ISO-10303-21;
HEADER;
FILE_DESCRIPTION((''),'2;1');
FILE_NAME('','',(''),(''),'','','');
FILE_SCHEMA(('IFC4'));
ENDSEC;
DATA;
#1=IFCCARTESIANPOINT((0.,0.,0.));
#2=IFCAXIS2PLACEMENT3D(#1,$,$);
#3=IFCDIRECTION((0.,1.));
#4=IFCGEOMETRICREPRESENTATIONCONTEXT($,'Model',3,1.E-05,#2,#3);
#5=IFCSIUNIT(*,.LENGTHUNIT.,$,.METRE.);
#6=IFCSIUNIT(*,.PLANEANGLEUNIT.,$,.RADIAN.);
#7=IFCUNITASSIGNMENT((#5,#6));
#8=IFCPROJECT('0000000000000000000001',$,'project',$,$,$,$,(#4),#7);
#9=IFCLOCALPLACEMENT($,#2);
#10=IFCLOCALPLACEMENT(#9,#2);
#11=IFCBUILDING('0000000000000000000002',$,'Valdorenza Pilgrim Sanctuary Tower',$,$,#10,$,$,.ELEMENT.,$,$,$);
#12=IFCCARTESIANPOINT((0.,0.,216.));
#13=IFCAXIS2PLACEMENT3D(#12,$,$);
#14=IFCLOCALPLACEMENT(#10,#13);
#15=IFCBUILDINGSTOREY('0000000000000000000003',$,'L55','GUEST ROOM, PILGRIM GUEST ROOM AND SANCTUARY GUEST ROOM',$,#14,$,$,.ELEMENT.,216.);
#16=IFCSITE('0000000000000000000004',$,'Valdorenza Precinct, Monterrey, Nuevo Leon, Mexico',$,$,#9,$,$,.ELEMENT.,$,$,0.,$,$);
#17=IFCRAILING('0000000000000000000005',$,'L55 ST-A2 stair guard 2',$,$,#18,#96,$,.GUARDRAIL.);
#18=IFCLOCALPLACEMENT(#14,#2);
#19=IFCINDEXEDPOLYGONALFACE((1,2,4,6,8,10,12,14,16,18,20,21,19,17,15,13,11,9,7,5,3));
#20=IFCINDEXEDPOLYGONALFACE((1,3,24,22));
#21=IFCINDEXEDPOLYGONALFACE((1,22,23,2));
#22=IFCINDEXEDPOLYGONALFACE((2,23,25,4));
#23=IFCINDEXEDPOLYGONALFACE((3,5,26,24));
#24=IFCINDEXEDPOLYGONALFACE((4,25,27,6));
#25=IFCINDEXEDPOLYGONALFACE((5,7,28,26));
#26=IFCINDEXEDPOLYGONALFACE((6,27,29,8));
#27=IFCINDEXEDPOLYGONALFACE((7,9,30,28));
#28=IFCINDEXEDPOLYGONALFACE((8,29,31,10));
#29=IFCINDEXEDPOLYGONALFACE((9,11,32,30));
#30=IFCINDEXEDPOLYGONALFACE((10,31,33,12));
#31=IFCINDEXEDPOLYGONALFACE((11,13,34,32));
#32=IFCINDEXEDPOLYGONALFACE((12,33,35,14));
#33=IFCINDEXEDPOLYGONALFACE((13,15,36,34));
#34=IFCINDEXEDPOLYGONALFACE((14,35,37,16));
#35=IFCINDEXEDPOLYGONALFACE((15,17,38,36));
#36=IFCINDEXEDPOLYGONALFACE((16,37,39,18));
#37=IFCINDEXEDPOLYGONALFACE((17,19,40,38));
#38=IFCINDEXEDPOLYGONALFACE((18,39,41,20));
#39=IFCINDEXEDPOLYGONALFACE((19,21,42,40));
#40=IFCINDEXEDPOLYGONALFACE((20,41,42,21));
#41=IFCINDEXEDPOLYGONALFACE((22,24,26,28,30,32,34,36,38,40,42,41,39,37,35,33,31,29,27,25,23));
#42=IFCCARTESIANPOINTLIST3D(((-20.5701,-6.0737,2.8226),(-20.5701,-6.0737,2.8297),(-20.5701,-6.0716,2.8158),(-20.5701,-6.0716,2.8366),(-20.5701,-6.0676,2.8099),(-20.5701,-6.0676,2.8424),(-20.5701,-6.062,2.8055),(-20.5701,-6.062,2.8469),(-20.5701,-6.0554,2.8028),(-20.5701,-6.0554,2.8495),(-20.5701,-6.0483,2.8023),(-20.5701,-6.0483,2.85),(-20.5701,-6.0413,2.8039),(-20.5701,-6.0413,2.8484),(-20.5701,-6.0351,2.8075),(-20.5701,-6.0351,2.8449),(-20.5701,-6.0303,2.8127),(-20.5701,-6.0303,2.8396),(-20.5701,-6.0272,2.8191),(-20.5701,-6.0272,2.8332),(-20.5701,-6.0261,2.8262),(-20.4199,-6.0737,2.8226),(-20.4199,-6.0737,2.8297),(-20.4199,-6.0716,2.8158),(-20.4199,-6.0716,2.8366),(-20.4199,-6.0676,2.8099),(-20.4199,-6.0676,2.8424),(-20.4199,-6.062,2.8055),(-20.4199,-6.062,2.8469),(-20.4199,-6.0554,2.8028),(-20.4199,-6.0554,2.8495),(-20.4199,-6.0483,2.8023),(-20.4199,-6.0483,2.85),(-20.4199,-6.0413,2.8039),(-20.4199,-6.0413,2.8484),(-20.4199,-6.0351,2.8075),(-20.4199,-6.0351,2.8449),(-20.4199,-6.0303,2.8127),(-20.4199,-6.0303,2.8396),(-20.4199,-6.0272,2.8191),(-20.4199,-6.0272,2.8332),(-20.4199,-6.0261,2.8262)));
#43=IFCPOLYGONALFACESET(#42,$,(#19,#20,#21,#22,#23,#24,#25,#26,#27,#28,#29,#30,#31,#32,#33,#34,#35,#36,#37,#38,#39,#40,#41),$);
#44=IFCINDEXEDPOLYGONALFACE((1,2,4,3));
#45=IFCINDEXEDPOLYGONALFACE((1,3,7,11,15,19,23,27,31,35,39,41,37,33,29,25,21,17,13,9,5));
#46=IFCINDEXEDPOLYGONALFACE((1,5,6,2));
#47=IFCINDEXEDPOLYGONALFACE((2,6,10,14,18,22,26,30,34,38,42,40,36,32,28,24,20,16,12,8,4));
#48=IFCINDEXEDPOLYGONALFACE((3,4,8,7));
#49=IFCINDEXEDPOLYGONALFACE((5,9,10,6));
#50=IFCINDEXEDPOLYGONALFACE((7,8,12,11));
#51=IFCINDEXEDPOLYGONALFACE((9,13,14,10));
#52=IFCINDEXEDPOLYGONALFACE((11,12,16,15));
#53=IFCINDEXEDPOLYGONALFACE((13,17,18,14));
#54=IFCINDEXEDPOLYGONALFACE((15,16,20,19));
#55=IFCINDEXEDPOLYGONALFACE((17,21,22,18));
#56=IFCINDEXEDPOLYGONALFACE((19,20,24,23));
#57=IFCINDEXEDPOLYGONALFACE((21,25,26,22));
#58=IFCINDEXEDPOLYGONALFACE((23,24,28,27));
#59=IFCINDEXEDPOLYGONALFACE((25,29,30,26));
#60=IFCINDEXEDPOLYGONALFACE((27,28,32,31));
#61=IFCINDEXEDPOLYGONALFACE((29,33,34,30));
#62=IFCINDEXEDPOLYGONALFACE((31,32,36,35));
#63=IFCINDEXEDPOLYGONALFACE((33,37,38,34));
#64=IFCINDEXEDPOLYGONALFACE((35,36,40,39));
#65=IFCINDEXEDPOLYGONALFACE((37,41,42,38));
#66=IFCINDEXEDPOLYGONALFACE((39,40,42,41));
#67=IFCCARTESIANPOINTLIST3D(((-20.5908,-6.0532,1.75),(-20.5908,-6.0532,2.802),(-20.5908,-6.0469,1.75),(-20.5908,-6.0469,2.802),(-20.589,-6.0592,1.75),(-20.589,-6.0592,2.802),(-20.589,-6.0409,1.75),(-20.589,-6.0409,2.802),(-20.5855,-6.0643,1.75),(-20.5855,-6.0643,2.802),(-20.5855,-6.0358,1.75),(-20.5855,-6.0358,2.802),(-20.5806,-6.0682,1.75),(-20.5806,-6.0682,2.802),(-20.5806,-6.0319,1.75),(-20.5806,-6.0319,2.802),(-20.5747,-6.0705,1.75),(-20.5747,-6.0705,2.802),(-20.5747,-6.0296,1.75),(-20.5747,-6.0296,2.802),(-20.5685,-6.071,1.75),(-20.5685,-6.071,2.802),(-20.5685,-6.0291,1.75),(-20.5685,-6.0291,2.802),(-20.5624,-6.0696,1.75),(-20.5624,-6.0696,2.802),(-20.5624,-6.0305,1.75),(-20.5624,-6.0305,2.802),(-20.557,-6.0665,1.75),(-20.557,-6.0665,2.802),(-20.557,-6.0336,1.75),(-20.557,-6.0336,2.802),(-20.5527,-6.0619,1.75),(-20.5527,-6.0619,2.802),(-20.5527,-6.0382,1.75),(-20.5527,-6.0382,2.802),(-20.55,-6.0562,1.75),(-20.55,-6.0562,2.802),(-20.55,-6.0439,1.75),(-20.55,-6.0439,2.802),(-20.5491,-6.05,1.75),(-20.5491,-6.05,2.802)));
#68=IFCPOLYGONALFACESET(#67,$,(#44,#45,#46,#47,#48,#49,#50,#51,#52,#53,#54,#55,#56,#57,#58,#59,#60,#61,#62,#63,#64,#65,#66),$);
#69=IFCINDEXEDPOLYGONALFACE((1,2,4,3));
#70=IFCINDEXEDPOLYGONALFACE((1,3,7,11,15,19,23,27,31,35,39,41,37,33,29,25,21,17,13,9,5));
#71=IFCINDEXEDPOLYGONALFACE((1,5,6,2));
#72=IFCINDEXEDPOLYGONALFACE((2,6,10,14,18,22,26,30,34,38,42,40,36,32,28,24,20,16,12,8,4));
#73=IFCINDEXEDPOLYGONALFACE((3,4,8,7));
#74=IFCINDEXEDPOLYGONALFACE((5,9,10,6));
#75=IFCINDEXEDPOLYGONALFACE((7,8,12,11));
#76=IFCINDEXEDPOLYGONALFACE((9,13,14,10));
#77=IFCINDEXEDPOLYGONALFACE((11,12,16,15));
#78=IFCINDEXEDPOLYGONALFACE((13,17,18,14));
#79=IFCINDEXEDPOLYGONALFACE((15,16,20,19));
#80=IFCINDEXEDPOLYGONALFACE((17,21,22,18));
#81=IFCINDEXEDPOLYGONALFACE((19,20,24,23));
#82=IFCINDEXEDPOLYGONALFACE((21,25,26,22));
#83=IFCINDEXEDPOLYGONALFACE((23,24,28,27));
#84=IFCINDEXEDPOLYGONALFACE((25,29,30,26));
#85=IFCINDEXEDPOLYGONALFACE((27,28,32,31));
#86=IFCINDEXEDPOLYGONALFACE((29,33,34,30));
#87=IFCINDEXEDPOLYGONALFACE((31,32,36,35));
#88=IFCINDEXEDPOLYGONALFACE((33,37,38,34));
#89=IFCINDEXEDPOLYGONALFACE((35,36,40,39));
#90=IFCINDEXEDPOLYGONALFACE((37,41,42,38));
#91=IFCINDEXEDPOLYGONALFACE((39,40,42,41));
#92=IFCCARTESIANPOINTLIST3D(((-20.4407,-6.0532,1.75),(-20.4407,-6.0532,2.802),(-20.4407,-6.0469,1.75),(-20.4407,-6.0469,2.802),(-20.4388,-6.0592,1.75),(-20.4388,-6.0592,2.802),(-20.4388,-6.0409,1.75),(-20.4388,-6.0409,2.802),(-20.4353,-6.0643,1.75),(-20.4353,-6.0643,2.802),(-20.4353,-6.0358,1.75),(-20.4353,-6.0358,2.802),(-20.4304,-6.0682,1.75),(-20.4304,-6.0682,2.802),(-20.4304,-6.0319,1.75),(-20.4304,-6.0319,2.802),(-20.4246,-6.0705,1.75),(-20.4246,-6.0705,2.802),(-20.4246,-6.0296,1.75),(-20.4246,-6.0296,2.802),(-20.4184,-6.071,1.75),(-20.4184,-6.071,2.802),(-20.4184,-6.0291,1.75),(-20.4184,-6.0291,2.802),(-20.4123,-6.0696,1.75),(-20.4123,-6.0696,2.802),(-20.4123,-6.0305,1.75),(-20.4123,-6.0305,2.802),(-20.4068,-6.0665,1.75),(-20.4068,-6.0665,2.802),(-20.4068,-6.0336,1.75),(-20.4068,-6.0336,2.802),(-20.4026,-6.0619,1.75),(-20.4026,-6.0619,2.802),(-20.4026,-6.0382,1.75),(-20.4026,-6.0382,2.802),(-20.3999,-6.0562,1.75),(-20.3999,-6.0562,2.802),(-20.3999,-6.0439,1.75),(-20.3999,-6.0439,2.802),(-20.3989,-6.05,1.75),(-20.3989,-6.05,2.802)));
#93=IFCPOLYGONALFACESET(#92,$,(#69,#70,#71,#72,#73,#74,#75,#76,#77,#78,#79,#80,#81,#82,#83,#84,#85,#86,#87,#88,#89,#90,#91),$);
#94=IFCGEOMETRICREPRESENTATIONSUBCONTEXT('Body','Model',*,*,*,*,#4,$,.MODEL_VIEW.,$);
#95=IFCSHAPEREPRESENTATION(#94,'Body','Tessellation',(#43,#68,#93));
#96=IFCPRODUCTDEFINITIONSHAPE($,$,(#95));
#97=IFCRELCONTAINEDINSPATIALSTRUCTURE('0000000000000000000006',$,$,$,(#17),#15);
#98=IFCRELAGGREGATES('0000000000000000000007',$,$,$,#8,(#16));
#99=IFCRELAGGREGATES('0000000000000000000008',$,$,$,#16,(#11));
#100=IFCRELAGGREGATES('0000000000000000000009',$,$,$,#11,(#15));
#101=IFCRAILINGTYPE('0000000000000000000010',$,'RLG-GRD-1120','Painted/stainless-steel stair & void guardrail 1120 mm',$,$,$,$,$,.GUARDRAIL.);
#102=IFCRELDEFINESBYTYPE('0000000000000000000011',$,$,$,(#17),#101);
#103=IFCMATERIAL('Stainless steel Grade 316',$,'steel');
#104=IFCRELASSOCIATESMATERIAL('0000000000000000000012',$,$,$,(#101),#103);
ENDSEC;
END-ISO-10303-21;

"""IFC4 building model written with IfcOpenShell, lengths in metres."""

from ifc_helpers import new_model, si_unit, direction, frame, origin, origin_2d, place, context, subcontext, project, spatial, circle, extrude, material, type_object, element, save


model = new_model("IFC4")

# Units and contexts
model_context = context("Model", 3, precision=1e-05, world=origin(), true_north=direction((0.0, 1.0)))
body_context = subcontext(model_context, "Body", "Model", "MODEL_VIEW")
ifc_project = project(units=[si_unit("LENGTHUNIT", "METRE"), si_unit("PLANEANGLEUNIT", "RADIAN")], contexts=[model_context])

# Site, building, storey
site_placement = place(None, origin())
site = spatial("IfcSite", under=ifc_project, at=site_placement, Name="Valdorenza Precinct, Monterrey, Nuevo Leon, Mexico", CompositionType="ELEMENT", RefElevation=0.0)
building_placement = place(site_placement, origin())
building = spatial("IfcBuilding", under=site, at=building_placement, Name="Valdorenza Pilgrim Sanctuary Tower", CompositionType="ELEMENT")
storey_placement = place(building_placement, frame((0.0, 0.0, 216.0)))
storey = spatial("IfcBuildingStorey", under=building, at=storey_placement, Name="L55", Description="GUEST ROOM, PILGRIM GUEST ROOM AND SANCTUARY GUEST ROOM", CompositionType="ELEMENT", Elevation=216.0)

# Railing
ifc_material_1 = material(Name="Stainless steel Grade 316", Category="steel")
railing_type_1 = type_object("IfcRailingType", Name="RLG-GRD-1120", Description="Painted/stainless-steel stair & void guardrail 1120 mm", PredefinedType="GUARDRAIL", material=ifc_material_1)
railing_1_placement = place(storey_placement, frame((-20.5701, -6.05, 1.75)))
element("IfcRailing", 1, at=railing_1_placement, inside=storey, type_object=railing_type_1, Name="L55 ST-A2 stair guard 2", PredefinedType="GUARDRAIL", context=body_context, shape_type="SweptSolid", body=[
    extrude(circle(Radius=0.0239, at=origin_2d()), frame((0.0, 0.0, 1.0762), z_axis=(1.0, 0.0, 0.0), x_axis=(0.0, 1.0, 0.0)), (0.0, 0.0, 1.0), 0.1501),
    extrude(circle(Radius=0.021, at=origin_2d()), origin(), (0.0, 0.0, 1.0), 1.052),
    extrude(circle(Radius=0.021, at=origin_2d()), frame((0.1501, 0.0, 0.0)), (0.0, 0.0, 1.0), 1.052),
])

save(model, "model.ifc")
